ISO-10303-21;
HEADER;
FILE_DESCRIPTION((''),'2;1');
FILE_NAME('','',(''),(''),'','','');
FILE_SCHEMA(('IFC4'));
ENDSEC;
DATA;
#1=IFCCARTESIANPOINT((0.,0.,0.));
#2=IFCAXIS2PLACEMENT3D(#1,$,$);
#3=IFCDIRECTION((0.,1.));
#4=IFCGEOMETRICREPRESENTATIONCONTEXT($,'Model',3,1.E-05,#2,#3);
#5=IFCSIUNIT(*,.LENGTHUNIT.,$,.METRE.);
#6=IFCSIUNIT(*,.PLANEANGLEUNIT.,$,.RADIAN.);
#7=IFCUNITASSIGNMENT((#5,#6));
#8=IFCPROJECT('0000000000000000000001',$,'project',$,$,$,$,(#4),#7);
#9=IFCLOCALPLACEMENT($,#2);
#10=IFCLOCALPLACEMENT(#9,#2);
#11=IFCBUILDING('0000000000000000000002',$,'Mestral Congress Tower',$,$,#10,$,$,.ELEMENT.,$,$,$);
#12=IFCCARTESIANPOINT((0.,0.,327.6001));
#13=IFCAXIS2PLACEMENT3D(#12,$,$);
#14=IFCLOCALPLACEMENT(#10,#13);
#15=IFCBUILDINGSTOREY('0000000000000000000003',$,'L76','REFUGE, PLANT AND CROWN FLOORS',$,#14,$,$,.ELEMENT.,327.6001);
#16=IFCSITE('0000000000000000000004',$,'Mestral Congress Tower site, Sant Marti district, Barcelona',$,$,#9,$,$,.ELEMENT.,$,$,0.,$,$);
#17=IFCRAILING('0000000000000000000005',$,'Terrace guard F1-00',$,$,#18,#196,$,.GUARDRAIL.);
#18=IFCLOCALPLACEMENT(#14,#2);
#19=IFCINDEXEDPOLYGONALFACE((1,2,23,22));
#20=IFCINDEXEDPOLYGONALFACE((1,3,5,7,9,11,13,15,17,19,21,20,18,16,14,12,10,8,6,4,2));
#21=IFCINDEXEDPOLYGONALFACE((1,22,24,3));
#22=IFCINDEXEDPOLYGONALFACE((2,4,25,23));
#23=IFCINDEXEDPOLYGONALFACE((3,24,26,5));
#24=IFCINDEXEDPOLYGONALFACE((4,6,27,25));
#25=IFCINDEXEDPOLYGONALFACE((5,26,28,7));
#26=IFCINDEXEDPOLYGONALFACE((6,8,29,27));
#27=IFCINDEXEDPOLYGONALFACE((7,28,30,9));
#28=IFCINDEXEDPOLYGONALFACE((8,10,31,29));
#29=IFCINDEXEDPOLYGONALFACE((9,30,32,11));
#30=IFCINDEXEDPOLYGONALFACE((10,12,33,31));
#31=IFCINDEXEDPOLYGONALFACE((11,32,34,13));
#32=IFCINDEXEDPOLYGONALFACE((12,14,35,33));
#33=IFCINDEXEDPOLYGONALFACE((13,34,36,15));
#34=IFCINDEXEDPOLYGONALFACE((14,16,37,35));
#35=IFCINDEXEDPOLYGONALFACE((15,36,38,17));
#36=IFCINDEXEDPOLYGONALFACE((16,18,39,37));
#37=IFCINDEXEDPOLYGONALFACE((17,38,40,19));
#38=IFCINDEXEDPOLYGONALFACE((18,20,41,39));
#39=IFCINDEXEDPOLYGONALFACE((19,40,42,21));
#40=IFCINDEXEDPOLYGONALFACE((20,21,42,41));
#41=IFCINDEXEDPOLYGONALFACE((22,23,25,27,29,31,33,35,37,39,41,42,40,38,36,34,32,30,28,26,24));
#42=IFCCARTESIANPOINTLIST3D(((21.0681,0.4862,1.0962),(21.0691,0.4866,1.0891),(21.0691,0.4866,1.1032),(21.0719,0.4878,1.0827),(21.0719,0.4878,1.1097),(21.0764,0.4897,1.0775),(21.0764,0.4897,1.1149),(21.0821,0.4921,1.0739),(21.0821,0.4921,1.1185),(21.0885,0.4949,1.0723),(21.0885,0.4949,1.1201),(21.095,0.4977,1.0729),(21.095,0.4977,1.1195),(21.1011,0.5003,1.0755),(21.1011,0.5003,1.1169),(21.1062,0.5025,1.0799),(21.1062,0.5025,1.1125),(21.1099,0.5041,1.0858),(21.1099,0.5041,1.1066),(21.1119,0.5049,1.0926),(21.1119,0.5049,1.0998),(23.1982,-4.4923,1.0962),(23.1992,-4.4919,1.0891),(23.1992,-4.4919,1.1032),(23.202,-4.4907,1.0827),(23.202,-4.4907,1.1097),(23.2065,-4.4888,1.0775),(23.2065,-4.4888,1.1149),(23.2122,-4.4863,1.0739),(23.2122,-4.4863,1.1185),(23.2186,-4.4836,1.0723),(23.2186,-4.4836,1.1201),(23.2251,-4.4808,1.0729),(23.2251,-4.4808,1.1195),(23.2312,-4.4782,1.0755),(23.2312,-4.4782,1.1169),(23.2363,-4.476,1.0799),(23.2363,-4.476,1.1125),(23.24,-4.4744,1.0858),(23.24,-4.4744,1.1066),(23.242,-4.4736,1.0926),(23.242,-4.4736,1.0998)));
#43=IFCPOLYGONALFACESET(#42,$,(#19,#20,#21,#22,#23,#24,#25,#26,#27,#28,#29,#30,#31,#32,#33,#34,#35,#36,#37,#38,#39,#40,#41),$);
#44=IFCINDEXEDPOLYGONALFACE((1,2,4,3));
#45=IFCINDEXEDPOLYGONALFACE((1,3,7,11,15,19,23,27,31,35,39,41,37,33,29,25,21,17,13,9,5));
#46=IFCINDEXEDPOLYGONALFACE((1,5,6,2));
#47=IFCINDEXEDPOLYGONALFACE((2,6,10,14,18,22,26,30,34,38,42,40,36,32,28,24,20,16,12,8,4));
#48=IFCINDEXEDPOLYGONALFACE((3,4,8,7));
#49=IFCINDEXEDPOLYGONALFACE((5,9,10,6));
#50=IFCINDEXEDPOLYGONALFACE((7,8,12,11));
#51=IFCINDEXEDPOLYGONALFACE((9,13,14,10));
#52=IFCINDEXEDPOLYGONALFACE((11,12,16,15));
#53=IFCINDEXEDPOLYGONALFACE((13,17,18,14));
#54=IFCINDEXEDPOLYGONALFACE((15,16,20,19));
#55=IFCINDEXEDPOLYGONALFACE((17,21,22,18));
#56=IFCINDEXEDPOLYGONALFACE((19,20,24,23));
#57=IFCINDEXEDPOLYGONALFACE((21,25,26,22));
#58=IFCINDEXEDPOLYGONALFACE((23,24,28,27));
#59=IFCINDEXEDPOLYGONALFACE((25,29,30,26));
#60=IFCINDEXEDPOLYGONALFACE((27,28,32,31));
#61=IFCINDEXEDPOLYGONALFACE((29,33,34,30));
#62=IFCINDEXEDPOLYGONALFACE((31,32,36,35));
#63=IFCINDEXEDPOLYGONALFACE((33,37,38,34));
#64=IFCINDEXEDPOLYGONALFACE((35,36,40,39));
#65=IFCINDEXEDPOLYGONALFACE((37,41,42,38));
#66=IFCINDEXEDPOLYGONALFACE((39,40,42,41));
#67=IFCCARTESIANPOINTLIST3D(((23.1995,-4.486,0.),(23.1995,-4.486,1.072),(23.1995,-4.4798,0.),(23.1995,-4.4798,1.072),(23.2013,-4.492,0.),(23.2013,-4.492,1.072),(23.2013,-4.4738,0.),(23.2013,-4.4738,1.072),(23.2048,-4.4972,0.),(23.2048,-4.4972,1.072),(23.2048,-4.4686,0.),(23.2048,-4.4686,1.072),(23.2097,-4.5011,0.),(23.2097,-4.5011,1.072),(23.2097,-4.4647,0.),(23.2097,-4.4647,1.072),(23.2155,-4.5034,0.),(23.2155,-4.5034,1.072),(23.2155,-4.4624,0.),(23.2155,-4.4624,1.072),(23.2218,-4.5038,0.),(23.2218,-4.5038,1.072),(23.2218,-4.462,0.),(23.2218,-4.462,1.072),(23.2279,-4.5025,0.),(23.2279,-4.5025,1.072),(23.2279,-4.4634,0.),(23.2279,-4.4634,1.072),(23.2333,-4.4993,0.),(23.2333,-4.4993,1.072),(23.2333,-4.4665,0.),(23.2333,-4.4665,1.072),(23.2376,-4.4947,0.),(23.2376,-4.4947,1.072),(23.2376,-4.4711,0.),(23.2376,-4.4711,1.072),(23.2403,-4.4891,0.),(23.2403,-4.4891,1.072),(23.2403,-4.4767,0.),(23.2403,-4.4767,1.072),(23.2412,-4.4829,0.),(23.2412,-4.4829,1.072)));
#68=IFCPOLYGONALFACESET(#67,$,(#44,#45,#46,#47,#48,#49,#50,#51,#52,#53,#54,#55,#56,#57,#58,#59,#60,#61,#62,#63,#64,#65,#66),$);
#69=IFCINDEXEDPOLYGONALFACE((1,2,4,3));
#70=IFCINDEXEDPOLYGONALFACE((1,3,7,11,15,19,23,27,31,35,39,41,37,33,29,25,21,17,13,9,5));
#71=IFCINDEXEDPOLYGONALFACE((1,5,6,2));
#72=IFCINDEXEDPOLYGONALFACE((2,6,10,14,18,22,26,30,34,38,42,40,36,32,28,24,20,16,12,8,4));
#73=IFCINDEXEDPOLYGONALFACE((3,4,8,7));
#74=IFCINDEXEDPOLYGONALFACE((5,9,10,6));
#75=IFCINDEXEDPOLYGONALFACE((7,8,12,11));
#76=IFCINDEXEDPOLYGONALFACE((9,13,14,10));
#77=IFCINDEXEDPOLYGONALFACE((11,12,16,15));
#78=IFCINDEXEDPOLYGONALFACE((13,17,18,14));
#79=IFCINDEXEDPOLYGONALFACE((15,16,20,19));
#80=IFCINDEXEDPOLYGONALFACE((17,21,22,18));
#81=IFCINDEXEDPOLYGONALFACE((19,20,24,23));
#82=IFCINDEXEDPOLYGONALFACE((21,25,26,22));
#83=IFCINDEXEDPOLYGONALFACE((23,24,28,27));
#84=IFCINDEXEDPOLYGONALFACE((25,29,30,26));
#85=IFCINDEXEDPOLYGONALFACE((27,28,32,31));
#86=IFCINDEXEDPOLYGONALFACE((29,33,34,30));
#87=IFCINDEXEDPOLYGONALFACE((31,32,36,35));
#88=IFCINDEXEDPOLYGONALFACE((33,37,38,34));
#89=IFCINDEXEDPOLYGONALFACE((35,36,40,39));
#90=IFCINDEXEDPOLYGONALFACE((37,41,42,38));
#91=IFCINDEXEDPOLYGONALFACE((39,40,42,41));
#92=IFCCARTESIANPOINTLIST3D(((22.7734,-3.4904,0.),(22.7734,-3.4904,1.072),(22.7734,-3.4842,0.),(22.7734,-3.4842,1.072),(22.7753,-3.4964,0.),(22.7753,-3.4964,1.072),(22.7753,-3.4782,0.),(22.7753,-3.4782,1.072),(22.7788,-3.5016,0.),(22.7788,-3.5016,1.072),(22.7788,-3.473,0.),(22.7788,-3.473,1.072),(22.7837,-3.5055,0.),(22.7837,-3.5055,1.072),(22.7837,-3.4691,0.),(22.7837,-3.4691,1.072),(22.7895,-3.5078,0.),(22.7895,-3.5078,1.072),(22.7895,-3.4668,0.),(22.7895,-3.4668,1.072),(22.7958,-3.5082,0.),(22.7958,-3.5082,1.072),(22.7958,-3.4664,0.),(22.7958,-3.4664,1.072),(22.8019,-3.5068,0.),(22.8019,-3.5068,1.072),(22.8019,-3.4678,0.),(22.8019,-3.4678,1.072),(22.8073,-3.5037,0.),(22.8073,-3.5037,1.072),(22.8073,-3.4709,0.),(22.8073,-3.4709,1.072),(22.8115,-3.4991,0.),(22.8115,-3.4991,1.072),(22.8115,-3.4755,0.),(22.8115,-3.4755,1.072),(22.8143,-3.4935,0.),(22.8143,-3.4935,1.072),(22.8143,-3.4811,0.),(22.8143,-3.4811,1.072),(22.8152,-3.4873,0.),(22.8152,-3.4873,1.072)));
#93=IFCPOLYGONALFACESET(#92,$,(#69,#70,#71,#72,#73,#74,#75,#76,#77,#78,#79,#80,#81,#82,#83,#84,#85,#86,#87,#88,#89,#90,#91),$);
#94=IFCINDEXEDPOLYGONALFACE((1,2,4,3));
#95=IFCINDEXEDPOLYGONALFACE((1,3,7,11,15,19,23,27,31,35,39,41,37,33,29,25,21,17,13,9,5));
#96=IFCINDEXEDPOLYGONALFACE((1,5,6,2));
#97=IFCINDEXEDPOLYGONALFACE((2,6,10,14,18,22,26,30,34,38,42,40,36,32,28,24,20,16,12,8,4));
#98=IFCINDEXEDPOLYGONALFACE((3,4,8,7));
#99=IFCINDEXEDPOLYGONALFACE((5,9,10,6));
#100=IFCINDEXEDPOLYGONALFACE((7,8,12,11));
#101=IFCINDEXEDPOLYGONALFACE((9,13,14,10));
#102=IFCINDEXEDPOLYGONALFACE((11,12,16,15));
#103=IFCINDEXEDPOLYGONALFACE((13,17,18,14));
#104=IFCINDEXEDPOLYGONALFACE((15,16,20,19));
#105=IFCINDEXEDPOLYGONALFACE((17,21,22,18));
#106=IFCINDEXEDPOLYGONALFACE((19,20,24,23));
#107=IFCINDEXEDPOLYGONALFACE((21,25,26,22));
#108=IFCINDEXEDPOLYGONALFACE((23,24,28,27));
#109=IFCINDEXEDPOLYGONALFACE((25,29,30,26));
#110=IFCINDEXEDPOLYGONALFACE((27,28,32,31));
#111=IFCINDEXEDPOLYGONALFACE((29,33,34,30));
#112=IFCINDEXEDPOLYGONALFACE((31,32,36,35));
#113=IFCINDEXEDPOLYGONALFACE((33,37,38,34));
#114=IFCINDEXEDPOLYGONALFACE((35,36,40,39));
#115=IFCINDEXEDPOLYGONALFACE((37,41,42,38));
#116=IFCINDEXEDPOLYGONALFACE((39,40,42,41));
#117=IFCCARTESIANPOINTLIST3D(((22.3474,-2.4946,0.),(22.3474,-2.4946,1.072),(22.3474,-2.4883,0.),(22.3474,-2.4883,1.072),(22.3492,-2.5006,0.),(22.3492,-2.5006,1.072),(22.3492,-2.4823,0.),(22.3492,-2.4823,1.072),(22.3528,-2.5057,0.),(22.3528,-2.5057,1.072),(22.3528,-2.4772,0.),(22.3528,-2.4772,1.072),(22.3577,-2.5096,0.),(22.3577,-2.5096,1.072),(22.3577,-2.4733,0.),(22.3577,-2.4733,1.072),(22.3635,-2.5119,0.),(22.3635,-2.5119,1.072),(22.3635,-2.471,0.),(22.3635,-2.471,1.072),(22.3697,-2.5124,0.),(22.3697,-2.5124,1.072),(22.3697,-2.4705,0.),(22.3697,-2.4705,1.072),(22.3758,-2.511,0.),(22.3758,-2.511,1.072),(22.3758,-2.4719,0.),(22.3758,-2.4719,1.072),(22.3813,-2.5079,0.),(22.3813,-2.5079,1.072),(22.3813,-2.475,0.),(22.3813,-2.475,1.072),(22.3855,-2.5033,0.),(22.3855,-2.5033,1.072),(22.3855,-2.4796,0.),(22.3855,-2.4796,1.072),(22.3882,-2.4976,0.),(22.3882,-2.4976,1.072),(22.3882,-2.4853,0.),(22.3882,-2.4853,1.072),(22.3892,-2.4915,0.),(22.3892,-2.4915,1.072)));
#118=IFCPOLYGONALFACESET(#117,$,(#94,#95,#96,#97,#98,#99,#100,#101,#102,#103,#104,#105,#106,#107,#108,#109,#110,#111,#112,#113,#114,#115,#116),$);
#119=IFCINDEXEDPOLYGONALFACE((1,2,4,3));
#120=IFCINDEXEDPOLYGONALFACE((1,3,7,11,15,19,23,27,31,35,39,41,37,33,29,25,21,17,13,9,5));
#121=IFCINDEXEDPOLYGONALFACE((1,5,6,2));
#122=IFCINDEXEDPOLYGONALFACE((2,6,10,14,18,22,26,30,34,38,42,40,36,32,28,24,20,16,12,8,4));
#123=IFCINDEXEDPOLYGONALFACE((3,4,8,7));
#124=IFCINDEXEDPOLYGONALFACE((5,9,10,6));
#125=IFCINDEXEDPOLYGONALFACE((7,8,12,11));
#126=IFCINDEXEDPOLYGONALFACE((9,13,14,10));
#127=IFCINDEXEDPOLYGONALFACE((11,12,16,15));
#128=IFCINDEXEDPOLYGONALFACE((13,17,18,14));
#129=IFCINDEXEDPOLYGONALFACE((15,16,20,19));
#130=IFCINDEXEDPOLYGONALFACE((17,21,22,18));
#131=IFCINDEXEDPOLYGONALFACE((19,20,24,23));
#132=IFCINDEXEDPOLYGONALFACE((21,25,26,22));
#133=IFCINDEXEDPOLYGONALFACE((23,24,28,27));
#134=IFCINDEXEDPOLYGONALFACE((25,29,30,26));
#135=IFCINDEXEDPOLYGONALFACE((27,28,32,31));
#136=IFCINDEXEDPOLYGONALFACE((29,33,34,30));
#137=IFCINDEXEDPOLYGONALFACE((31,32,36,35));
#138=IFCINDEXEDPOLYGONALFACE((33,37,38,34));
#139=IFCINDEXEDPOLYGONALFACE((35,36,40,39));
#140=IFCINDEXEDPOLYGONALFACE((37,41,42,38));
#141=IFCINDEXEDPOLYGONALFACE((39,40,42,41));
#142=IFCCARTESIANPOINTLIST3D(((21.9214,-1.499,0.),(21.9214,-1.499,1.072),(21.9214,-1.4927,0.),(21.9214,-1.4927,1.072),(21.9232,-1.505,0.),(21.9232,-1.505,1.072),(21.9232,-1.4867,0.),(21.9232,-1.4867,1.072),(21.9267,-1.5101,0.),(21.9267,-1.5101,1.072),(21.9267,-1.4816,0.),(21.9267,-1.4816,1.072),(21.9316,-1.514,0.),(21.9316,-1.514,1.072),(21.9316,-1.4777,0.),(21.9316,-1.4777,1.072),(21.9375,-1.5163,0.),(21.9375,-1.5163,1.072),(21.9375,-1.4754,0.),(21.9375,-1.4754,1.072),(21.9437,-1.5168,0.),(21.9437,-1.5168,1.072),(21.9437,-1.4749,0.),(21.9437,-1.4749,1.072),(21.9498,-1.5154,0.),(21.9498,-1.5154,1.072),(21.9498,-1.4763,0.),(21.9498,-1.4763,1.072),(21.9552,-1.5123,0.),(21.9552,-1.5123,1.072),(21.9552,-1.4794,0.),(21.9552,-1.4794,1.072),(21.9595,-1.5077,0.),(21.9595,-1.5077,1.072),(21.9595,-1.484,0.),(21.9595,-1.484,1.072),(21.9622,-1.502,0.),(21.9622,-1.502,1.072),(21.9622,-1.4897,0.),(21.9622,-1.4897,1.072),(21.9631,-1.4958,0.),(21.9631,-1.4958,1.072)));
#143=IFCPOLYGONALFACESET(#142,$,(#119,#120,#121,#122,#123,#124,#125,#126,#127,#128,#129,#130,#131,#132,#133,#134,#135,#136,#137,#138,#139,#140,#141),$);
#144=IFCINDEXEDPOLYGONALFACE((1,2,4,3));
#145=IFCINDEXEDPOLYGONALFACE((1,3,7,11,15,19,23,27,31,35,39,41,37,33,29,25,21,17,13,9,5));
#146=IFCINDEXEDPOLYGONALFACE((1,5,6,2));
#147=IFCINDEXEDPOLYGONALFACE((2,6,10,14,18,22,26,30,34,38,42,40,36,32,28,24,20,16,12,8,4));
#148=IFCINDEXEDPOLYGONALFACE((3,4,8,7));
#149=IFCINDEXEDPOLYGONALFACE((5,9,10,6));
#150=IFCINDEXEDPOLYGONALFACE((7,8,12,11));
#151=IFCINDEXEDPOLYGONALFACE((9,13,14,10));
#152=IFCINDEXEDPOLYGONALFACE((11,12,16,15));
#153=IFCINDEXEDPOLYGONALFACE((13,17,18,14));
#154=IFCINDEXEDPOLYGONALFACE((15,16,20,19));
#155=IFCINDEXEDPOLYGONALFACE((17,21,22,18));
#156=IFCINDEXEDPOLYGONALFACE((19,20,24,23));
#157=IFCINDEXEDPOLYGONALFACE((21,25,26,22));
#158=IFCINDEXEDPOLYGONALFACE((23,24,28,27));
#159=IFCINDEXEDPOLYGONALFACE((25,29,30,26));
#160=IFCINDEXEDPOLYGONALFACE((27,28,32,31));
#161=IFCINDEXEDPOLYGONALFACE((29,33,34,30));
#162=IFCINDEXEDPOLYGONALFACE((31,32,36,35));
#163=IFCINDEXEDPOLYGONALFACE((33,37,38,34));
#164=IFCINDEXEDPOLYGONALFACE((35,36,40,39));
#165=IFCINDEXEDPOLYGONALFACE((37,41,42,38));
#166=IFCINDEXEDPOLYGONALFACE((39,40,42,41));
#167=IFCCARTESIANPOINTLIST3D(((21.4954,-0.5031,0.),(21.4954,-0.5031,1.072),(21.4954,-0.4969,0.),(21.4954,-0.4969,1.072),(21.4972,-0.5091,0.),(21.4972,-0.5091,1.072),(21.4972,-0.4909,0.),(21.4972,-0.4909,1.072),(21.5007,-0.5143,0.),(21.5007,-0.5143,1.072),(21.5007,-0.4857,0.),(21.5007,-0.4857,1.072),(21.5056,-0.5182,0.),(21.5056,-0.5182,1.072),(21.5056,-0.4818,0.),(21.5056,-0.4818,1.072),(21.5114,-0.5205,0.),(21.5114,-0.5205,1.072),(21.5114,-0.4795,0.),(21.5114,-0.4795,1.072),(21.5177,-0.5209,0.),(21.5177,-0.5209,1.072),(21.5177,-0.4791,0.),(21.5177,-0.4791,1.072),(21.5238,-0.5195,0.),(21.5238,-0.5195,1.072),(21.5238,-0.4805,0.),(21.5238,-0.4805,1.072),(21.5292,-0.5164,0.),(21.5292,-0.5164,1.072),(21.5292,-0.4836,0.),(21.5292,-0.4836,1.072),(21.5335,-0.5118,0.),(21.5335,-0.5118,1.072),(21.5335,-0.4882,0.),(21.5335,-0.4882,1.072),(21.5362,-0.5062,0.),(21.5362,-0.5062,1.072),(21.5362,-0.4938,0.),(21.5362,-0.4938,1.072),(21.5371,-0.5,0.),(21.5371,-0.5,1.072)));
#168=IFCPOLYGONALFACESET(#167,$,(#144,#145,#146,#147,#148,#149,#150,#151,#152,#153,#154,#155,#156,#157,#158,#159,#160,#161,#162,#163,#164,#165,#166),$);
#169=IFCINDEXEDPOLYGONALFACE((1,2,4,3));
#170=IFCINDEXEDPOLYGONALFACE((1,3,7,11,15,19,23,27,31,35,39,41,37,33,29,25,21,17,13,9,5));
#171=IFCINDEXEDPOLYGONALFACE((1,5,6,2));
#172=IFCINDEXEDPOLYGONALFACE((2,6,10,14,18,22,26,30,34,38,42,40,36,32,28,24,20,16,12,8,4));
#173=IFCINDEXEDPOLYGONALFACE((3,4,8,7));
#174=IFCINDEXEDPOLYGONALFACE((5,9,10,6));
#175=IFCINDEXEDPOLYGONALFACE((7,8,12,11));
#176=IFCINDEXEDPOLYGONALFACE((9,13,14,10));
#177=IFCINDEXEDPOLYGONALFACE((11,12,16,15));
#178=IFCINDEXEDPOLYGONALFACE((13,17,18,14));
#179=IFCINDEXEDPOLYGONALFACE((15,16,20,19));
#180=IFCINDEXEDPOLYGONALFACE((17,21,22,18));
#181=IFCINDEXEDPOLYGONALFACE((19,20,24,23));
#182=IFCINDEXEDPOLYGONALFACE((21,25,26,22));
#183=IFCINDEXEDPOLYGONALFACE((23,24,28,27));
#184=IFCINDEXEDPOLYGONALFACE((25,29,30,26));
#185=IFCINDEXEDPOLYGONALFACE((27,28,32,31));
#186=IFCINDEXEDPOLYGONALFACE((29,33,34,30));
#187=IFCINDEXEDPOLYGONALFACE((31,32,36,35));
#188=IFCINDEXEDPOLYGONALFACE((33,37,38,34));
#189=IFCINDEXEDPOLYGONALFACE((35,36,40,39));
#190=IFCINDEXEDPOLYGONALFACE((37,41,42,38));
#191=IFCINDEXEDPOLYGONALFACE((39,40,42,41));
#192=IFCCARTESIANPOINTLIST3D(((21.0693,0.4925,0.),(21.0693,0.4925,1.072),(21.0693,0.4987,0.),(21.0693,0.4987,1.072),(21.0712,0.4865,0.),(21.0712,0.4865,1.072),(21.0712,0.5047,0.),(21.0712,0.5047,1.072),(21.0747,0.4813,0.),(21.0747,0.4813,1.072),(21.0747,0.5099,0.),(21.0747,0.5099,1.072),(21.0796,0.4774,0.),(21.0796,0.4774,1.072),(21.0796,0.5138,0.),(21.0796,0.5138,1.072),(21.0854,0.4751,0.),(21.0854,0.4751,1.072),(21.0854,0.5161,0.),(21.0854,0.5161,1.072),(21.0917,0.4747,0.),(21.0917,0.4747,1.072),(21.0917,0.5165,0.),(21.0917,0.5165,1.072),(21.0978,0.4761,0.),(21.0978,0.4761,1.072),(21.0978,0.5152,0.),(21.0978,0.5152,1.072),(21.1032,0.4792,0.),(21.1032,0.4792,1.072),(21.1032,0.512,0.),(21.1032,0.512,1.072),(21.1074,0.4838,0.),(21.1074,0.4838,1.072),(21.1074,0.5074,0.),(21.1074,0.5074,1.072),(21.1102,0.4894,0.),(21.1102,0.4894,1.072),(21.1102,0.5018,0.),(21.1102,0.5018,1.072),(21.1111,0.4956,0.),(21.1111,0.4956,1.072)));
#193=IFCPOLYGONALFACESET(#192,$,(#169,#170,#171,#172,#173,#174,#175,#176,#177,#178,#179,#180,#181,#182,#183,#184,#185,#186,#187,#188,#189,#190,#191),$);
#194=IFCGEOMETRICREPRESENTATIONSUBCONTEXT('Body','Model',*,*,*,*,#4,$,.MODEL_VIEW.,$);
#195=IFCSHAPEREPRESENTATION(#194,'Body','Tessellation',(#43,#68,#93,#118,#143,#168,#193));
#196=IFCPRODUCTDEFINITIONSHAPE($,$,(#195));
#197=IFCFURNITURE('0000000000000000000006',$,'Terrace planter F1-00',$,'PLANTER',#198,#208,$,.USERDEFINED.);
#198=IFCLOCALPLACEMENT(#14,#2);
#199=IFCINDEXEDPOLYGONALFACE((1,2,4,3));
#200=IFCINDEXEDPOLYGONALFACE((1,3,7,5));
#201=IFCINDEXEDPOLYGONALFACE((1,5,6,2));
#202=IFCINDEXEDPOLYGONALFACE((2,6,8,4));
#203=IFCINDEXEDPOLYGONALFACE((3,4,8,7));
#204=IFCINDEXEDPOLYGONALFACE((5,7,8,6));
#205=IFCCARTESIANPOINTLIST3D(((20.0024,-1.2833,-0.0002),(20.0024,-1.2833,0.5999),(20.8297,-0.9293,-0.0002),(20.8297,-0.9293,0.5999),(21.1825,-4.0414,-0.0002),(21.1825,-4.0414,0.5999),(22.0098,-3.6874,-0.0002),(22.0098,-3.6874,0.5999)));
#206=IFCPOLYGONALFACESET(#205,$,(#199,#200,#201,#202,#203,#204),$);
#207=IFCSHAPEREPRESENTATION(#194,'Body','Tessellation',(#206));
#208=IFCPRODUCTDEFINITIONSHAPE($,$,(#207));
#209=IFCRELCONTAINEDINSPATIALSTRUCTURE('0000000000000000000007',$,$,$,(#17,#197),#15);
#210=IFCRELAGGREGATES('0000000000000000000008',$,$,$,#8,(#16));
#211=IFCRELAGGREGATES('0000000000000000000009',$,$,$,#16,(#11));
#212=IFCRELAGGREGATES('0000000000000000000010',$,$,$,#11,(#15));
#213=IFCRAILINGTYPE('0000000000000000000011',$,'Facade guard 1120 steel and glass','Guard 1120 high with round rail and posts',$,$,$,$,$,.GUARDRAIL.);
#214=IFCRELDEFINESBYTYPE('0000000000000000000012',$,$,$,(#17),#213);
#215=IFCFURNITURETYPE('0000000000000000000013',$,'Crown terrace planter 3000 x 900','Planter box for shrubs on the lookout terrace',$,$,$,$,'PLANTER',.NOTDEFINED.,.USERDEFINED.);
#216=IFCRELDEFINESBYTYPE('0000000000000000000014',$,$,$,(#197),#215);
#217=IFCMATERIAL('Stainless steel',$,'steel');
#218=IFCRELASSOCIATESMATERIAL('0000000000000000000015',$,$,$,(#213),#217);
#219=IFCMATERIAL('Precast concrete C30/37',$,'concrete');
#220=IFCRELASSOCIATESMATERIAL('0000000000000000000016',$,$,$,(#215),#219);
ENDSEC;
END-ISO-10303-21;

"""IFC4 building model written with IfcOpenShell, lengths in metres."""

from ifc_helpers import new_model, si_unit, direction, frame, origin, origin_2d, place, context, subcontext, project, spatial, rectangle, circle, extrude, material, type_object, element, save


model = new_model("IFC4")

# Units and contexts
model_context = context("Model", 3, precision=1e-05, world=origin(), true_north=direction((0.0, 1.0)))
body_context = subcontext(model_context, "Body", "Model", "MODEL_VIEW")
ifc_project = project(units=[si_unit("LENGTHUNIT", "METRE"), si_unit("PLANEANGLEUNIT", "RADIAN")], contexts=[model_context])

# Site, building, storey
site_placement = place(None, origin())
site = spatial("IfcSite", under=ifc_project, at=site_placement, Name="Mestral Congress Tower site, Sant Marti district, Barcelona", CompositionType="ELEMENT", RefElevation=0.0)
building_placement = place(site_placement, origin())
building = spatial("IfcBuilding", under=site, at=building_placement, Name="Mestral Congress Tower", CompositionType="ELEMENT")
storey_placement = place(building_placement, frame((0.0, 0.0, 327.6001)))
storey = spatial("IfcBuildingStorey", under=building, at=storey_placement, Name="L76", Description="REFUGE, PLANT AND CROWN FLOORS", CompositionType="ELEMENT", Elevation=327.6001)

# Railing
ifc_material_1 = material(Name="Stainless steel", Category="steel")
railing_type = type_object("IfcRailingType", Name="Facade guard 1120 steel and glass", Description="Guard 1120 high with round rail and posts", PredefinedType="GUARDRAIL", material=ifc_material_1)
railing_1_placement = place(storey_placement, frame((23.2202, -4.4829, 0.0)))
element("IfcRailing", 1, at=railing_1_placement, inside=storey, type_object=railing_type, Name="Terrace guard F1-00", PredefinedType="GUARDRAIL", context=body_context, shape_type="SweptSolid", body=[
    extrude(circle(Radius=0.0239, at=origin_2d()), frame((0.0, 0.0, 1.0962), z_axis=(-0.39337, 0.91938, 0.0), x_axis=(-0.91938, -0.39337, 0.0)), (0.0, 0.0, 1.0), 5.415),
    extrude(circle(Radius=0.021, at=origin_2d()), origin(), (0.0, 0.0, 1.0), 1.072),
    extrude(circle(Radius=0.021, at=origin_2d()), frame((-0.426, 0.9956, 0.0)), (0.0, 0.0, 1.0), 1.072),
    extrude(circle(Radius=0.021, at=origin_2d()), frame((-0.8521, 1.9915, 0.0)), (0.0, 0.0, 1.0), 1.072),
    extrude(circle(Radius=0.021, at=origin_2d()), frame((-1.2781, 2.9871, 0.0)), (0.0, 0.0, 1.0), 1.072),
    extrude(circle(Radius=0.021, at=origin_2d()), frame((-1.7041, 3.9829, 0.0)), (0.0, 0.0, 1.0), 1.072),
    extrude(circle(Radius=0.021, at=origin_2d()), frame((-2.1301, 4.9785, 0.0)), (0.0, 0.0, 1.0), 1.072),
])

# Furniture
ifc_material_2 = material(Name="Precast concrete C30/37", Category="concrete")
furniture_type = type_object("IfcFurnitureType", Name="Crown terrace planter 3000 x 900", Description="Planter box for shrubs on the lookout terrace", ElementType="PLANTER", AssemblyPlace="NOTDEFINED", PredefinedType="USERDEFINED", material=ifc_material_2)
furniture_placement = place(storey_placement, frame((21.0061, -2.4854, -0.0002), z_axis=(0.0, 0.0, 1.0), x_axis=(-0.393356, 0.919386, 0.0)))
element("IfcFurniture", 2, at=furniture_placement, inside=storey, type_object=furniture_type, Name="Terrace planter F1-00", ObjectType="PLANTER", PredefinedType="USERDEFINED", context=body_context, shape_type="SweptSolid", body=[
    extrude(rectangle(XDim=3.0, YDim=0.8999, at=origin_2d()), origin(), (0.0, 0.0, 1.0), 0.6001),
])

save(model, "model.ifc")
